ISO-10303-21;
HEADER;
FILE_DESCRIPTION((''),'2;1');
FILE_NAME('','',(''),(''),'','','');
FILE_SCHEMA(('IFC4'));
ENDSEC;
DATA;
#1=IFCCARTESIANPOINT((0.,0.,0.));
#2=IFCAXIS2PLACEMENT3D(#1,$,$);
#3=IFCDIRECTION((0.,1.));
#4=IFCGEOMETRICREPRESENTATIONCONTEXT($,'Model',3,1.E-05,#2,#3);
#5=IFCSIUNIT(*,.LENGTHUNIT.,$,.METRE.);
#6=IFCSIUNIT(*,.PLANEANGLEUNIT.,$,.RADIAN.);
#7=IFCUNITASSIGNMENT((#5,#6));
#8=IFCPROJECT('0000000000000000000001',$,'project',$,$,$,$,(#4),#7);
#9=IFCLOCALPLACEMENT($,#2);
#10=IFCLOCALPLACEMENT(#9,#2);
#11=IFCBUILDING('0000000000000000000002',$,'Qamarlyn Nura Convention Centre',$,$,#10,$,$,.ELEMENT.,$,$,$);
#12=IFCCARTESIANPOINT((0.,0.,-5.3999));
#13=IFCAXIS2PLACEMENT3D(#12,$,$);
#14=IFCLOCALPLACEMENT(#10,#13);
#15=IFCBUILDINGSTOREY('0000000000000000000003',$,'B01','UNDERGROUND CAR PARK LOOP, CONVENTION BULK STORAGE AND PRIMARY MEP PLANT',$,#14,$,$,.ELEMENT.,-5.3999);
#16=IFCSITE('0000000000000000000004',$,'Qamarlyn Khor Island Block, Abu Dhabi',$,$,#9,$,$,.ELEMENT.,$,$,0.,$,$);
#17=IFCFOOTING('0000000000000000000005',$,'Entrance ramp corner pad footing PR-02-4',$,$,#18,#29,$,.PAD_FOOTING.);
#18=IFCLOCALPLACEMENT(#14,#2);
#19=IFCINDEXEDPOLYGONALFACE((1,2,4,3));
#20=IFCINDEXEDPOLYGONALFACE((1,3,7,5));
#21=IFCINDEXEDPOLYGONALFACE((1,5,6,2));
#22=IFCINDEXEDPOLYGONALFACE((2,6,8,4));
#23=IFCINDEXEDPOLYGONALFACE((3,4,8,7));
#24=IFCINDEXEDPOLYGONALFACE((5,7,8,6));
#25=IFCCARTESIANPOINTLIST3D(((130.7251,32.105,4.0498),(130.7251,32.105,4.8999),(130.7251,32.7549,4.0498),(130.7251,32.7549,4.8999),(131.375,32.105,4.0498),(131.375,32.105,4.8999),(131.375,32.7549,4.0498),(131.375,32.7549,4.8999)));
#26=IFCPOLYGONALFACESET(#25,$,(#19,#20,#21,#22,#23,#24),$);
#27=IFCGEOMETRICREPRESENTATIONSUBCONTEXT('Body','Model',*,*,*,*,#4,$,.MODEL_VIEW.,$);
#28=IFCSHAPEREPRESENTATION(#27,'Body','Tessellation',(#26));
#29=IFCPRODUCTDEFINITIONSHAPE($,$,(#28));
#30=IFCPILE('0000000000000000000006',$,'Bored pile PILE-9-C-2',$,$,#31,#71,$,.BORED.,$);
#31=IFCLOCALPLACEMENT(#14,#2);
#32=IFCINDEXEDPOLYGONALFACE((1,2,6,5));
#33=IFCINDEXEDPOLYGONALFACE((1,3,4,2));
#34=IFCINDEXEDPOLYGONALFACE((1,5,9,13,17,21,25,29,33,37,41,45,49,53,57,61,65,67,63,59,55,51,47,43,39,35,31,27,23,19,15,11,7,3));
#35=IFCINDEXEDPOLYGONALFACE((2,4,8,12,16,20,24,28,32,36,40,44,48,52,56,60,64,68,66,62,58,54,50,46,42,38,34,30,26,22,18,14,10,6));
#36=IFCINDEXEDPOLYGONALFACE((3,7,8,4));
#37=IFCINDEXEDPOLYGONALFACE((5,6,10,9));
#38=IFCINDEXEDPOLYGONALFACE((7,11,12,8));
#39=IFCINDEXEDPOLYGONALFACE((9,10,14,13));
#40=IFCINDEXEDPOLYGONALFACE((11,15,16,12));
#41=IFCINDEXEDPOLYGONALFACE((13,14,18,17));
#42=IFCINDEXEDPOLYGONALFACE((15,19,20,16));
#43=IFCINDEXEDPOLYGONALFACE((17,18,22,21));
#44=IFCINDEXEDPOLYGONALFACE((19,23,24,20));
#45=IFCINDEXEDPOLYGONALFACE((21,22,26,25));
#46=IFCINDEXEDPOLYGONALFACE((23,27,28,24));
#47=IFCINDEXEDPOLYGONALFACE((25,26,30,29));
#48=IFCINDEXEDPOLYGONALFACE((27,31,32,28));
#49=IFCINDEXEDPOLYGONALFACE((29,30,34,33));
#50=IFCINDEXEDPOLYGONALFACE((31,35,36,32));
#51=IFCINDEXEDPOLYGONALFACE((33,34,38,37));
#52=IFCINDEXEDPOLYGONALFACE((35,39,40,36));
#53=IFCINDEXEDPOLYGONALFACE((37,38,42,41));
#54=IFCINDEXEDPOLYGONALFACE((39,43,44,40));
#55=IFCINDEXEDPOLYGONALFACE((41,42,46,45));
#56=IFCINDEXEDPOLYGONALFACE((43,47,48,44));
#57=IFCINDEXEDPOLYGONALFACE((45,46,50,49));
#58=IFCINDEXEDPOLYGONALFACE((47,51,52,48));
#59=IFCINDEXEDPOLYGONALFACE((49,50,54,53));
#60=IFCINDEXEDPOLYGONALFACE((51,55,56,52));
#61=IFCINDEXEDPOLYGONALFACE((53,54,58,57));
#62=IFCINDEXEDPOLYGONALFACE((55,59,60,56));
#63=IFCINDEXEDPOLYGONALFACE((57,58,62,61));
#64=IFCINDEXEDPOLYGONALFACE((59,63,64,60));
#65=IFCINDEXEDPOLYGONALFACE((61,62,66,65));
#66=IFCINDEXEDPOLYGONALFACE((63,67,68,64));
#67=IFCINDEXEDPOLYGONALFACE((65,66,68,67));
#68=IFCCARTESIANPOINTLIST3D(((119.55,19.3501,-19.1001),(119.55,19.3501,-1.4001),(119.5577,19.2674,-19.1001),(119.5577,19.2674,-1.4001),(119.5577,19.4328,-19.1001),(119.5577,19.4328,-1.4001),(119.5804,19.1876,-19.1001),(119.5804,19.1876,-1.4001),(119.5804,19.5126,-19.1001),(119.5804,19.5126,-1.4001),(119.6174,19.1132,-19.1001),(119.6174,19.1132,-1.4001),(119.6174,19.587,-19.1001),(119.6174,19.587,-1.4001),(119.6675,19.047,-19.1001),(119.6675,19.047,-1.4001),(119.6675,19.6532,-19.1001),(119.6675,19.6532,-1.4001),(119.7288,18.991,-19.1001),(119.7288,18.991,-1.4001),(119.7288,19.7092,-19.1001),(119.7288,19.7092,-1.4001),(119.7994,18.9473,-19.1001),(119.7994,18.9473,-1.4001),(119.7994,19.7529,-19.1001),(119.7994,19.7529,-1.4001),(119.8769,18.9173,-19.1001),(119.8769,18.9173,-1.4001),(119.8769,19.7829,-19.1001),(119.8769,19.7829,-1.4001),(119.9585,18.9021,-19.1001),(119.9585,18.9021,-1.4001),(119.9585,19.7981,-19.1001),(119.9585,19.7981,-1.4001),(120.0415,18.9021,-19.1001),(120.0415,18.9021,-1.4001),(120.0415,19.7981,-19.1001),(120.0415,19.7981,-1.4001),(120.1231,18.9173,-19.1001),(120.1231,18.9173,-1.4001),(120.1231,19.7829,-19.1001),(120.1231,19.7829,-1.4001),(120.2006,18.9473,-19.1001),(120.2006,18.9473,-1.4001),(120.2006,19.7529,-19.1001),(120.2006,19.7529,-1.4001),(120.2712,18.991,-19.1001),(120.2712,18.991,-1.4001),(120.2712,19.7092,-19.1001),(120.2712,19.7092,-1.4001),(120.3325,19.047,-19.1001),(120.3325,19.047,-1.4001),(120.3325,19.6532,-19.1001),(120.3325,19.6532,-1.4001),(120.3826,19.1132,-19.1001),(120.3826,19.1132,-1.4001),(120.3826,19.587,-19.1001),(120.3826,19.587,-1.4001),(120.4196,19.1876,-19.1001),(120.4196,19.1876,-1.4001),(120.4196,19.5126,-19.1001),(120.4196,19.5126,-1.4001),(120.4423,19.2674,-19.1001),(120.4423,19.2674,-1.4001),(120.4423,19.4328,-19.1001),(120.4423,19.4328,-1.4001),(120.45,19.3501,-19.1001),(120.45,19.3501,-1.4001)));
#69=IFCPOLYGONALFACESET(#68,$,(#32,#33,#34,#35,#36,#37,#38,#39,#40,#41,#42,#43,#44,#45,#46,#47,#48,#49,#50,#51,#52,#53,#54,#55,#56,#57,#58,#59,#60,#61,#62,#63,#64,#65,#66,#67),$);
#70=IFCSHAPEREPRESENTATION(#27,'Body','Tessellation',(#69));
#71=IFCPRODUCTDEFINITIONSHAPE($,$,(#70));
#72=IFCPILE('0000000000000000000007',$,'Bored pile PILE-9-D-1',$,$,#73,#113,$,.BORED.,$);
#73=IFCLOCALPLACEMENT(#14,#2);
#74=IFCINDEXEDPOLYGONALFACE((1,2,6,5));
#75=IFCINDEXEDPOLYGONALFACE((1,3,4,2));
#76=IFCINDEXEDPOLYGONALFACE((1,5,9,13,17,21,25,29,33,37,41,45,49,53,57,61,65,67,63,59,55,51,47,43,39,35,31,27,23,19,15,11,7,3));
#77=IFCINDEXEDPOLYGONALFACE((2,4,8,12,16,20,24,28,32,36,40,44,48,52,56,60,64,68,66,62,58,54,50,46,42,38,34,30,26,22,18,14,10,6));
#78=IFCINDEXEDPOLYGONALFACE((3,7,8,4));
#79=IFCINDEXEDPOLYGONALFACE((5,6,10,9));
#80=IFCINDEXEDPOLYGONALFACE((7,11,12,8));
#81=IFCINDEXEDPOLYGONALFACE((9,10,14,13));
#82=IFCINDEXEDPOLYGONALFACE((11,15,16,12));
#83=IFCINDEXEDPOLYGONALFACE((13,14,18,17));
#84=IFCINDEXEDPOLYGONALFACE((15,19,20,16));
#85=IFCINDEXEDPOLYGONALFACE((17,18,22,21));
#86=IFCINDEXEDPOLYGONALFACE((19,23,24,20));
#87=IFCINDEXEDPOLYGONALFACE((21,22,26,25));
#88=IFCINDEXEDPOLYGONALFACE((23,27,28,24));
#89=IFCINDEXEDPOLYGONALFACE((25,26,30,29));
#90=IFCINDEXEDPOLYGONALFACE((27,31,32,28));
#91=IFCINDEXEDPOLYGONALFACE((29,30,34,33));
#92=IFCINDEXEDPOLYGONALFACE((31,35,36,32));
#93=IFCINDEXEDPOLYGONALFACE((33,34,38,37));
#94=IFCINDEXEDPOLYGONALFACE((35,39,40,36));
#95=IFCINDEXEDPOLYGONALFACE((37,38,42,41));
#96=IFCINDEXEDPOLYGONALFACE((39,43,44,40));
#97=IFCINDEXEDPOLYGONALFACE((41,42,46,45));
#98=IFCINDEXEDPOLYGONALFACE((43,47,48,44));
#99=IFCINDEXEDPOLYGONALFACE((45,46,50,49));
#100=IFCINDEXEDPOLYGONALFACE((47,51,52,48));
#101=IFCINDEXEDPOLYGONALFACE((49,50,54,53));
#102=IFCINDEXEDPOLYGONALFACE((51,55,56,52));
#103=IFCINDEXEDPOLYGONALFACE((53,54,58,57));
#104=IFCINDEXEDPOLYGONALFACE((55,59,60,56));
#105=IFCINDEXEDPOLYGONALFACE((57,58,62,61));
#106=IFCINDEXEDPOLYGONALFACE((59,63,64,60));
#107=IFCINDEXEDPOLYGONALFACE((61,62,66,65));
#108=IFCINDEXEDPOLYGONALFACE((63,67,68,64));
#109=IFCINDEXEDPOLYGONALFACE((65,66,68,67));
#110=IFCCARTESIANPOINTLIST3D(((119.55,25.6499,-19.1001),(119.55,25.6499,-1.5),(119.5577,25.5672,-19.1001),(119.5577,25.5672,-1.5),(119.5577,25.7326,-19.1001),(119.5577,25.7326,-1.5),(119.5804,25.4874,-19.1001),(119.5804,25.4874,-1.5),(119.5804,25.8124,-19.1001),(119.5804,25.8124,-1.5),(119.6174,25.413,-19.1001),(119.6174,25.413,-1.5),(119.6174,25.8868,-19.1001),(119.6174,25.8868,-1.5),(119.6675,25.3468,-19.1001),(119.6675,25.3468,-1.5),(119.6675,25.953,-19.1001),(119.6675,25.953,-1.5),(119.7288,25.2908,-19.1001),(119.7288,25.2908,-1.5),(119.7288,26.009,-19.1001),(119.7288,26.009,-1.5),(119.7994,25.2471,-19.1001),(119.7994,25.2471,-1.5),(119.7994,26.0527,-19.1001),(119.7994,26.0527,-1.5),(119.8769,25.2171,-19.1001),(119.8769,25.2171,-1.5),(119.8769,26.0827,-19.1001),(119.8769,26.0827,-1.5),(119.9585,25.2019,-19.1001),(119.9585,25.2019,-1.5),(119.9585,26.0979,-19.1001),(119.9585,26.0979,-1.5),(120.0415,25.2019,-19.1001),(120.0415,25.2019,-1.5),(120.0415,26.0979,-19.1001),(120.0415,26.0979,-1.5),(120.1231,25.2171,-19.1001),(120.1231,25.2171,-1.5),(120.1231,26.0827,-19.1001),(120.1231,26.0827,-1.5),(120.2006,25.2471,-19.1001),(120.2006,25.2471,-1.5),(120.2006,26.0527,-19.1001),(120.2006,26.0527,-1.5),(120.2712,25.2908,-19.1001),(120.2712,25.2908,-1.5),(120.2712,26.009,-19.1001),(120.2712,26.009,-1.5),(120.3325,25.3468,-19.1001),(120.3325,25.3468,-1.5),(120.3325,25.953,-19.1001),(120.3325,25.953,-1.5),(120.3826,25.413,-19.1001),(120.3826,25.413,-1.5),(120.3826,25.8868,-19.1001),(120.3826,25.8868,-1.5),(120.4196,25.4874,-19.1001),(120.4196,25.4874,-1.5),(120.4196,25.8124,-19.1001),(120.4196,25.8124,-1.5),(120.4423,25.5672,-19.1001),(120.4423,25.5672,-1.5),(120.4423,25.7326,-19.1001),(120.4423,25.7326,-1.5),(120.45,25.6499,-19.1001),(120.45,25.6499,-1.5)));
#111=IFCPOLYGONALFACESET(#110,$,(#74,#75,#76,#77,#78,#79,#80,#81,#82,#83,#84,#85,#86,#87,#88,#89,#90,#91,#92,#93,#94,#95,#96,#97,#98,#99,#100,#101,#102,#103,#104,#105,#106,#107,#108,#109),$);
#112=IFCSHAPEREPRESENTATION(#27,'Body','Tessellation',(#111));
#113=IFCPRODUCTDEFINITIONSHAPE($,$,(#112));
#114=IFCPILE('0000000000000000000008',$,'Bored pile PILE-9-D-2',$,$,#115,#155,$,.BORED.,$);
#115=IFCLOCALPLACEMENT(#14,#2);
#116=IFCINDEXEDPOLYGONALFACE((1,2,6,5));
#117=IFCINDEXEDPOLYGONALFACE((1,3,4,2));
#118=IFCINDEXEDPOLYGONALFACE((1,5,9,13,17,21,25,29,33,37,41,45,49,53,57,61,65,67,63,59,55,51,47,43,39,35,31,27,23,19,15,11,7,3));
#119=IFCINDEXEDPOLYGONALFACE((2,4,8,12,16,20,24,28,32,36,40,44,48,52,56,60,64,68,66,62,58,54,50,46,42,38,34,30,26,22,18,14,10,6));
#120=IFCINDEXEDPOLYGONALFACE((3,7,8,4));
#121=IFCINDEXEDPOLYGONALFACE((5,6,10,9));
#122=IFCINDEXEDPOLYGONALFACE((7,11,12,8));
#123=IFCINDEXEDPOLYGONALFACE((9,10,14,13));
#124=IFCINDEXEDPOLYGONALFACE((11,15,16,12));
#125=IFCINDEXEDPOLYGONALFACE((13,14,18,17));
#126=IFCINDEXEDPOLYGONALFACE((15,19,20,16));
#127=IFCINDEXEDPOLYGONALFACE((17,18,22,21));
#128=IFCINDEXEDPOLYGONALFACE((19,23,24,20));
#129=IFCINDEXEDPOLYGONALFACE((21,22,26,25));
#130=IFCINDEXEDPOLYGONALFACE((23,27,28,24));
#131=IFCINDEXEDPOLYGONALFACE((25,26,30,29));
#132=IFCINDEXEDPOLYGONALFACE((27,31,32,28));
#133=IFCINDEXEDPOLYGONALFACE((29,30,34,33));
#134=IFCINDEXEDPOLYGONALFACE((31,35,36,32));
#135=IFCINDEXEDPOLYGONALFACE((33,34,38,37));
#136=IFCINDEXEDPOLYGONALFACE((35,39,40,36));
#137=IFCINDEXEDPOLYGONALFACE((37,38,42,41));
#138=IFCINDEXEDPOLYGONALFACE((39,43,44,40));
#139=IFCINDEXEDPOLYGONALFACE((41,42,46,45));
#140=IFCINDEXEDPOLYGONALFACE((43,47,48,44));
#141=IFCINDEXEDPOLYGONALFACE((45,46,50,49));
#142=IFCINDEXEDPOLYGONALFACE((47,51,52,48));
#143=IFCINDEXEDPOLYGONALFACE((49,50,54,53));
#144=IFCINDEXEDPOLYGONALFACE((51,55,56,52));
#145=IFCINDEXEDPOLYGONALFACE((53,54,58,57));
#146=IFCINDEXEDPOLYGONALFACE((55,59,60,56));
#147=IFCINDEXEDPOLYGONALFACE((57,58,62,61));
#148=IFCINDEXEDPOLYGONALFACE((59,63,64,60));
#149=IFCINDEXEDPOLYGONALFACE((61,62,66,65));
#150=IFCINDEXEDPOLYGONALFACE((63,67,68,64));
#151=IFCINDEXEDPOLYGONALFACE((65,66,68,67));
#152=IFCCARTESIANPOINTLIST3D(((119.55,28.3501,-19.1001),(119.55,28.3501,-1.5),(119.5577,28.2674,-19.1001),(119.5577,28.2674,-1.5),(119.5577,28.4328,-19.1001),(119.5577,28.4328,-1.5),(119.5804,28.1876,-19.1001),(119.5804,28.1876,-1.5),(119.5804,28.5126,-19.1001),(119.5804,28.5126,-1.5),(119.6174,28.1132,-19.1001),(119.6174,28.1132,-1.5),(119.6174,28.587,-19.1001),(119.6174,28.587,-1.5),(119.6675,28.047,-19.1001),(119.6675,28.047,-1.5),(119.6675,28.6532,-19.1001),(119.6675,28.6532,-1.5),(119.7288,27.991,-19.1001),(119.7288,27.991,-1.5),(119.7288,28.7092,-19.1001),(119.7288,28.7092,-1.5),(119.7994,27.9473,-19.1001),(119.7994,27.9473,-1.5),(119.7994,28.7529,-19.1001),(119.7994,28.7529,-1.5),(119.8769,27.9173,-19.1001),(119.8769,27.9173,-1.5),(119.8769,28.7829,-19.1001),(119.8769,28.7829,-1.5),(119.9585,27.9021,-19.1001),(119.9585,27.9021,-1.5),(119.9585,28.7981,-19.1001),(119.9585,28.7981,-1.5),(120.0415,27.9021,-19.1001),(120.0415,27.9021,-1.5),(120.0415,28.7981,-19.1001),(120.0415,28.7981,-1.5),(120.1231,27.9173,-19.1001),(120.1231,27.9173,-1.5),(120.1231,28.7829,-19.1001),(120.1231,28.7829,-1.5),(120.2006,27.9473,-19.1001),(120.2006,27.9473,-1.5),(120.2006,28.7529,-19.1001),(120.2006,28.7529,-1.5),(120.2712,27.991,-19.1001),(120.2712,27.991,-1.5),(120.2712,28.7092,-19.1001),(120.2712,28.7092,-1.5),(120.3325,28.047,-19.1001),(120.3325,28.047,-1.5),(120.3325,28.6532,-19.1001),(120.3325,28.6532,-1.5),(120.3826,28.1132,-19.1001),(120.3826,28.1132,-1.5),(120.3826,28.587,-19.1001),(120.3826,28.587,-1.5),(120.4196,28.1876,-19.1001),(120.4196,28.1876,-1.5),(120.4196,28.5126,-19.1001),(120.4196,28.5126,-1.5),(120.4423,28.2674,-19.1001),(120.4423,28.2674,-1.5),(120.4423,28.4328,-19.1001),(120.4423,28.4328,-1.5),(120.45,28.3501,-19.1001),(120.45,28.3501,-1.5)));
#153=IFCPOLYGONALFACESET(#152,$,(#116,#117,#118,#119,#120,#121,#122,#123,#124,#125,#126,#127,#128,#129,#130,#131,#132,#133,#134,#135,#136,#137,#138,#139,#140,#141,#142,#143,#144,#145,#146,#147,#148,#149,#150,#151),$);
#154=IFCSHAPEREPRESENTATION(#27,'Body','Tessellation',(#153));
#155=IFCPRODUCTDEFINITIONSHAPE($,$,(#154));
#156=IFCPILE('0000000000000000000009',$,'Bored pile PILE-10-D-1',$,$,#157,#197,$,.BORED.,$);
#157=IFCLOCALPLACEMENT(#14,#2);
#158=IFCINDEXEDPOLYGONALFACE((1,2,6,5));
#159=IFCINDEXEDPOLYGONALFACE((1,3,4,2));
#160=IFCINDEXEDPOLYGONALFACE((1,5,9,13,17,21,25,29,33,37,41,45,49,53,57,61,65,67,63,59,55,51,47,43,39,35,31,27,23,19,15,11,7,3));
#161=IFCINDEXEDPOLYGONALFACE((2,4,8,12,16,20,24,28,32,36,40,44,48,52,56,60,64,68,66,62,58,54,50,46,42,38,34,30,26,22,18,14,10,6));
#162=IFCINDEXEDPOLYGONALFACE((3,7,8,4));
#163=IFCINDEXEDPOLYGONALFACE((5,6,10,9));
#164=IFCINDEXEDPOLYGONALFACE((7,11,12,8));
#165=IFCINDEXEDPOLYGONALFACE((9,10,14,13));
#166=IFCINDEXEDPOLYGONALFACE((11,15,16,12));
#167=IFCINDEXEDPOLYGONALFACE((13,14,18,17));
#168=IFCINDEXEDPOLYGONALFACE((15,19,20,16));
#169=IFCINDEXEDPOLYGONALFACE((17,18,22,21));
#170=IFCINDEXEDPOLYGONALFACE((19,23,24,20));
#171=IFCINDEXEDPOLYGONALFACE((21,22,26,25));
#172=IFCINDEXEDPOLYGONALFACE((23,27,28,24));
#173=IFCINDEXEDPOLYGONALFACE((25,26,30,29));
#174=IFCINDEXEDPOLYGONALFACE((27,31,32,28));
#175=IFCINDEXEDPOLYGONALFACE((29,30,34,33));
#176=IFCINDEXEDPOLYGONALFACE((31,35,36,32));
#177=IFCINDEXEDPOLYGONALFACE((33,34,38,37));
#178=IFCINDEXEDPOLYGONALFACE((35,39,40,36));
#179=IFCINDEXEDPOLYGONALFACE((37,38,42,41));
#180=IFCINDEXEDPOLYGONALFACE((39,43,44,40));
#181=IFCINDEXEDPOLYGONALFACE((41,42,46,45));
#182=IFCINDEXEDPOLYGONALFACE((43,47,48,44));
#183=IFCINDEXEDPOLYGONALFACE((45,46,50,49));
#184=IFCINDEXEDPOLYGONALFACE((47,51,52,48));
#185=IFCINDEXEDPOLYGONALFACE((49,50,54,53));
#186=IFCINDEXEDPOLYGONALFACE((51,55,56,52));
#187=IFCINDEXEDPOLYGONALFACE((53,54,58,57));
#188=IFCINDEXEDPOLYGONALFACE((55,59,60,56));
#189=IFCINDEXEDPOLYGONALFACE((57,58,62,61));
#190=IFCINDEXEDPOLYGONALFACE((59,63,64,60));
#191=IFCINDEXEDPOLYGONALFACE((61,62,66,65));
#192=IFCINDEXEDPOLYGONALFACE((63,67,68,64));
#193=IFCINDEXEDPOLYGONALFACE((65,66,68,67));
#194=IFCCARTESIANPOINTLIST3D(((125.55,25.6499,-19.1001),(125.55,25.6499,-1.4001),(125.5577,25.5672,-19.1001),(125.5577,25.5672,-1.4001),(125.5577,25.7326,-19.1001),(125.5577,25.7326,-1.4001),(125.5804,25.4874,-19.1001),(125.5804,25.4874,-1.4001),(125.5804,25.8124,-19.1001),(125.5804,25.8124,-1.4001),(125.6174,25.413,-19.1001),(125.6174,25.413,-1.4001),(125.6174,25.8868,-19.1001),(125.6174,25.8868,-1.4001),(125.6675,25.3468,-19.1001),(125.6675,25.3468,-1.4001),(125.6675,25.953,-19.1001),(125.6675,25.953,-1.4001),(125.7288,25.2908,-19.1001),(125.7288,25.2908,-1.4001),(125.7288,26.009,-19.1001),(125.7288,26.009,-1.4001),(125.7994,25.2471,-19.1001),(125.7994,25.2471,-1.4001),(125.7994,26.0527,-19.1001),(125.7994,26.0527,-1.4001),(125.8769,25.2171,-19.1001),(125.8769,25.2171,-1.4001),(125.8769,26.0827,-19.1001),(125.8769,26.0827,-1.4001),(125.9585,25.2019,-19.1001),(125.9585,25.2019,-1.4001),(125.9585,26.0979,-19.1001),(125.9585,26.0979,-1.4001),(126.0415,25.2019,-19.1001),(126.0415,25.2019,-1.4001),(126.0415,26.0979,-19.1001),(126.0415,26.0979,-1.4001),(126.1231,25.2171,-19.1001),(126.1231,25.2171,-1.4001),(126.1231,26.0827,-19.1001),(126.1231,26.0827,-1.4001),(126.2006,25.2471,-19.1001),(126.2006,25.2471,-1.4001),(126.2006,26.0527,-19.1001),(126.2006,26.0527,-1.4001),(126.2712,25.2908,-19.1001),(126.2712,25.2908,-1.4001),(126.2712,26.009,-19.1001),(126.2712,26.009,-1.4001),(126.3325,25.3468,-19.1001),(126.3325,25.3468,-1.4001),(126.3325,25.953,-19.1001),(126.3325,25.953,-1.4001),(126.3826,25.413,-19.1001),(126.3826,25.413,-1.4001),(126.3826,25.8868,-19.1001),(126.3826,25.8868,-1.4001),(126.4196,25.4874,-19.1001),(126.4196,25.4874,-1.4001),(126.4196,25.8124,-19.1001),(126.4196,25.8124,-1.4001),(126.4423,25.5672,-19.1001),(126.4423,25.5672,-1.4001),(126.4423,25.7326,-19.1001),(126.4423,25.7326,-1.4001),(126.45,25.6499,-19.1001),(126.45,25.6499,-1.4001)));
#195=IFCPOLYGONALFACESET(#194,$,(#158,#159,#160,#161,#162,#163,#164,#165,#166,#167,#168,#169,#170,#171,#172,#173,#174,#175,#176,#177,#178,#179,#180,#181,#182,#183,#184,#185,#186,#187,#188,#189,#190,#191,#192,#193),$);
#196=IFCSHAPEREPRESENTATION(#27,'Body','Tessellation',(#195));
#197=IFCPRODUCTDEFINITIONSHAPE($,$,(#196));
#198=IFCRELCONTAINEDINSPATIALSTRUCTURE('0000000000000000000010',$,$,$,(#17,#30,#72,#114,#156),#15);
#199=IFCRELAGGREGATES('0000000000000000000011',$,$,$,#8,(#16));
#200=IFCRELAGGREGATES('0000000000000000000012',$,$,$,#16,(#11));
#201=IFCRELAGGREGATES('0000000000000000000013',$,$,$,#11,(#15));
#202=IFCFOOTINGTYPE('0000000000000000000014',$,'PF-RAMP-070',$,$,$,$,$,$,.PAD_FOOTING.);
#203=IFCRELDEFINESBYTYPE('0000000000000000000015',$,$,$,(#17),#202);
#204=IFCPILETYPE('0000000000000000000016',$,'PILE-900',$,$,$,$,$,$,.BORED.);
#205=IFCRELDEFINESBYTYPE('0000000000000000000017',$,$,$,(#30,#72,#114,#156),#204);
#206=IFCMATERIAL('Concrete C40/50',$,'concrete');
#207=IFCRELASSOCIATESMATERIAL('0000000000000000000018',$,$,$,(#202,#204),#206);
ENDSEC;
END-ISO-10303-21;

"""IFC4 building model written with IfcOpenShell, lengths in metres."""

from ifc_helpers import new_model, si_unit, direction, frame, origin, origin_2d, place, context, subcontext, project, spatial, rectangle, circle, extrude, material, material_profile, profile_set, type_object, element, save


model = new_model("IFC4")

# Units and contexts
model_context = context("Model", 3, precision=1e-05, world=origin(), true_north=direction((0.0, 1.0)))
body_context = subcontext(model_context, "Body", "Model", "MODEL_VIEW")
ifc_project = project(units=[si_unit("LENGTHUNIT", "METRE"), si_unit("PLANEANGLEUNIT", "RADIAN")], contexts=[model_context])

# Site, building, storey
site_placement = place(None, origin())
site = spatial("IfcSite", under=ifc_project, at=site_placement, Name="Qamarlyn Khor Island Block, Abu Dhabi", CompositionType="ELEMENT", RefElevation=0.0)
building_placement = place(site_placement, origin())
building = spatial("IfcBuilding", under=site, at=building_placement, Name="Qamarlyn Nura Convention Centre", CompositionType="ELEMENT")
storey_placement = place(building_placement, frame((0.0, 0.0, -5.3999)))
storey = spatial("IfcBuildingStorey", under=building, at=storey_placement, Name="B01", Description="UNDERGROUND CAR PARK LOOP, CONVENTION BULK STORAGE AND PRIMARY MEP PLANT", CompositionType="ELEMENT", Elevation=-5.3999)

# Footing
ifc_material_1 = material(Name="Concrete C40/50", Category="concrete")
footing_type_1 = type_object("IfcFootingType", Name="PF-RAMP-070", PredefinedType="PAD_FOOTING", material=ifc_material_1)
for number, where, z_axis, x_axis, name in (
    (1, (131.05, 32.4299, 4.0498), (0.0, 0.0, 1.0), (1.0, 0.0, 0.0), "Entrance ramp corner pad footing PR-02-4"),
):
    element("IfcFooting", number, at=place(storey_placement, frame(where, z_axis=z_axis, x_axis=x_axis)), inside=storey, type_object=footing_type_1, Name=name, PredefinedType="PAD_FOOTING", context=body_context, shape_type="SweptSolid", body=[
        extrude(rectangle(XDim=0.6499, YDim=0.6499, at=origin_2d()), origin(), (0.0, 0.0, 1.0), 0.8501),
    ])

# Piles
ifc_material_profile_1 = material_profile(ifc_material_1, circle(Radius=0.45, at=origin_2d()), Name="BORED PILE 900")
ifc_profile_set_1 = profile_set([ifc_material_profile_1], Name="Concrete C40/50")
pile_type = type_object("IfcPileType", Name="PILE-900", PredefinedType="BORED", material=ifc_profile_set_1)
pile_placement = place(storey_placement, frame((120.0, 19.3501, -1.4001), z_axis=(0.0, 0.0, -1.0), x_axis=(1.0, 0.0, 0.0)))
element("IfcPile", 2, at=pile_placement, inside=storey, type_object=pile_type, Name="Bored pile PILE-9-C-2", PredefinedType="BORED", context=body_context, shape_type="SweptSolid", body=[
    extrude(circle(Radius=0.45, at=origin_2d()), origin(), (0.0, 0.0, 1.0), 17.7),
])
for number, where, z_axis, x_axis, name in (
    (3, (120.0, 25.6499, -1.5), (0.0, 0.0, -1.0), (1.0, 0.0, 0.0), "Bored pile PILE-9-D-1"),
    (4, (120.0, 28.3501, -1.5), (0.0, 0.0, -1.0), (1.0, 0.0, 0.0), "Bored pile PILE-9-D-2"),
):
    element("IfcPile", number, at=place(storey_placement, frame(where, z_axis=z_axis, x_axis=x_axis)), inside=storey, type_object=pile_type, Name=name, PredefinedType="BORED", context=body_context, shape_type="SweptSolid", body=[
        extrude(circle(Radius=0.45, at=origin_2d()), origin(), (0.0, 0.0, 1.0), 17.6001),
    ])
for number, where, z_axis, x_axis, name in (
    (5, (126.0, 25.6499, -1.4001), (0.0, 0.0, -1.0), (1.0, 0.0, 0.0), "Bored pile PILE-10-D-1"),
):
    element("IfcPile", number, at=place(storey_placement, frame(where, z_axis=z_axis, x_axis=x_axis)), inside=storey, type_object=pile_type, Name=name, PredefinedType="BORED", context=body_context, shape_type="SweptSolid", body=[
        extrude(circle(Radius=0.45, at=origin_2d()), origin(), (0.0, 0.0, 1.0), 17.7),
    ])

save(model, "model.ifc")
